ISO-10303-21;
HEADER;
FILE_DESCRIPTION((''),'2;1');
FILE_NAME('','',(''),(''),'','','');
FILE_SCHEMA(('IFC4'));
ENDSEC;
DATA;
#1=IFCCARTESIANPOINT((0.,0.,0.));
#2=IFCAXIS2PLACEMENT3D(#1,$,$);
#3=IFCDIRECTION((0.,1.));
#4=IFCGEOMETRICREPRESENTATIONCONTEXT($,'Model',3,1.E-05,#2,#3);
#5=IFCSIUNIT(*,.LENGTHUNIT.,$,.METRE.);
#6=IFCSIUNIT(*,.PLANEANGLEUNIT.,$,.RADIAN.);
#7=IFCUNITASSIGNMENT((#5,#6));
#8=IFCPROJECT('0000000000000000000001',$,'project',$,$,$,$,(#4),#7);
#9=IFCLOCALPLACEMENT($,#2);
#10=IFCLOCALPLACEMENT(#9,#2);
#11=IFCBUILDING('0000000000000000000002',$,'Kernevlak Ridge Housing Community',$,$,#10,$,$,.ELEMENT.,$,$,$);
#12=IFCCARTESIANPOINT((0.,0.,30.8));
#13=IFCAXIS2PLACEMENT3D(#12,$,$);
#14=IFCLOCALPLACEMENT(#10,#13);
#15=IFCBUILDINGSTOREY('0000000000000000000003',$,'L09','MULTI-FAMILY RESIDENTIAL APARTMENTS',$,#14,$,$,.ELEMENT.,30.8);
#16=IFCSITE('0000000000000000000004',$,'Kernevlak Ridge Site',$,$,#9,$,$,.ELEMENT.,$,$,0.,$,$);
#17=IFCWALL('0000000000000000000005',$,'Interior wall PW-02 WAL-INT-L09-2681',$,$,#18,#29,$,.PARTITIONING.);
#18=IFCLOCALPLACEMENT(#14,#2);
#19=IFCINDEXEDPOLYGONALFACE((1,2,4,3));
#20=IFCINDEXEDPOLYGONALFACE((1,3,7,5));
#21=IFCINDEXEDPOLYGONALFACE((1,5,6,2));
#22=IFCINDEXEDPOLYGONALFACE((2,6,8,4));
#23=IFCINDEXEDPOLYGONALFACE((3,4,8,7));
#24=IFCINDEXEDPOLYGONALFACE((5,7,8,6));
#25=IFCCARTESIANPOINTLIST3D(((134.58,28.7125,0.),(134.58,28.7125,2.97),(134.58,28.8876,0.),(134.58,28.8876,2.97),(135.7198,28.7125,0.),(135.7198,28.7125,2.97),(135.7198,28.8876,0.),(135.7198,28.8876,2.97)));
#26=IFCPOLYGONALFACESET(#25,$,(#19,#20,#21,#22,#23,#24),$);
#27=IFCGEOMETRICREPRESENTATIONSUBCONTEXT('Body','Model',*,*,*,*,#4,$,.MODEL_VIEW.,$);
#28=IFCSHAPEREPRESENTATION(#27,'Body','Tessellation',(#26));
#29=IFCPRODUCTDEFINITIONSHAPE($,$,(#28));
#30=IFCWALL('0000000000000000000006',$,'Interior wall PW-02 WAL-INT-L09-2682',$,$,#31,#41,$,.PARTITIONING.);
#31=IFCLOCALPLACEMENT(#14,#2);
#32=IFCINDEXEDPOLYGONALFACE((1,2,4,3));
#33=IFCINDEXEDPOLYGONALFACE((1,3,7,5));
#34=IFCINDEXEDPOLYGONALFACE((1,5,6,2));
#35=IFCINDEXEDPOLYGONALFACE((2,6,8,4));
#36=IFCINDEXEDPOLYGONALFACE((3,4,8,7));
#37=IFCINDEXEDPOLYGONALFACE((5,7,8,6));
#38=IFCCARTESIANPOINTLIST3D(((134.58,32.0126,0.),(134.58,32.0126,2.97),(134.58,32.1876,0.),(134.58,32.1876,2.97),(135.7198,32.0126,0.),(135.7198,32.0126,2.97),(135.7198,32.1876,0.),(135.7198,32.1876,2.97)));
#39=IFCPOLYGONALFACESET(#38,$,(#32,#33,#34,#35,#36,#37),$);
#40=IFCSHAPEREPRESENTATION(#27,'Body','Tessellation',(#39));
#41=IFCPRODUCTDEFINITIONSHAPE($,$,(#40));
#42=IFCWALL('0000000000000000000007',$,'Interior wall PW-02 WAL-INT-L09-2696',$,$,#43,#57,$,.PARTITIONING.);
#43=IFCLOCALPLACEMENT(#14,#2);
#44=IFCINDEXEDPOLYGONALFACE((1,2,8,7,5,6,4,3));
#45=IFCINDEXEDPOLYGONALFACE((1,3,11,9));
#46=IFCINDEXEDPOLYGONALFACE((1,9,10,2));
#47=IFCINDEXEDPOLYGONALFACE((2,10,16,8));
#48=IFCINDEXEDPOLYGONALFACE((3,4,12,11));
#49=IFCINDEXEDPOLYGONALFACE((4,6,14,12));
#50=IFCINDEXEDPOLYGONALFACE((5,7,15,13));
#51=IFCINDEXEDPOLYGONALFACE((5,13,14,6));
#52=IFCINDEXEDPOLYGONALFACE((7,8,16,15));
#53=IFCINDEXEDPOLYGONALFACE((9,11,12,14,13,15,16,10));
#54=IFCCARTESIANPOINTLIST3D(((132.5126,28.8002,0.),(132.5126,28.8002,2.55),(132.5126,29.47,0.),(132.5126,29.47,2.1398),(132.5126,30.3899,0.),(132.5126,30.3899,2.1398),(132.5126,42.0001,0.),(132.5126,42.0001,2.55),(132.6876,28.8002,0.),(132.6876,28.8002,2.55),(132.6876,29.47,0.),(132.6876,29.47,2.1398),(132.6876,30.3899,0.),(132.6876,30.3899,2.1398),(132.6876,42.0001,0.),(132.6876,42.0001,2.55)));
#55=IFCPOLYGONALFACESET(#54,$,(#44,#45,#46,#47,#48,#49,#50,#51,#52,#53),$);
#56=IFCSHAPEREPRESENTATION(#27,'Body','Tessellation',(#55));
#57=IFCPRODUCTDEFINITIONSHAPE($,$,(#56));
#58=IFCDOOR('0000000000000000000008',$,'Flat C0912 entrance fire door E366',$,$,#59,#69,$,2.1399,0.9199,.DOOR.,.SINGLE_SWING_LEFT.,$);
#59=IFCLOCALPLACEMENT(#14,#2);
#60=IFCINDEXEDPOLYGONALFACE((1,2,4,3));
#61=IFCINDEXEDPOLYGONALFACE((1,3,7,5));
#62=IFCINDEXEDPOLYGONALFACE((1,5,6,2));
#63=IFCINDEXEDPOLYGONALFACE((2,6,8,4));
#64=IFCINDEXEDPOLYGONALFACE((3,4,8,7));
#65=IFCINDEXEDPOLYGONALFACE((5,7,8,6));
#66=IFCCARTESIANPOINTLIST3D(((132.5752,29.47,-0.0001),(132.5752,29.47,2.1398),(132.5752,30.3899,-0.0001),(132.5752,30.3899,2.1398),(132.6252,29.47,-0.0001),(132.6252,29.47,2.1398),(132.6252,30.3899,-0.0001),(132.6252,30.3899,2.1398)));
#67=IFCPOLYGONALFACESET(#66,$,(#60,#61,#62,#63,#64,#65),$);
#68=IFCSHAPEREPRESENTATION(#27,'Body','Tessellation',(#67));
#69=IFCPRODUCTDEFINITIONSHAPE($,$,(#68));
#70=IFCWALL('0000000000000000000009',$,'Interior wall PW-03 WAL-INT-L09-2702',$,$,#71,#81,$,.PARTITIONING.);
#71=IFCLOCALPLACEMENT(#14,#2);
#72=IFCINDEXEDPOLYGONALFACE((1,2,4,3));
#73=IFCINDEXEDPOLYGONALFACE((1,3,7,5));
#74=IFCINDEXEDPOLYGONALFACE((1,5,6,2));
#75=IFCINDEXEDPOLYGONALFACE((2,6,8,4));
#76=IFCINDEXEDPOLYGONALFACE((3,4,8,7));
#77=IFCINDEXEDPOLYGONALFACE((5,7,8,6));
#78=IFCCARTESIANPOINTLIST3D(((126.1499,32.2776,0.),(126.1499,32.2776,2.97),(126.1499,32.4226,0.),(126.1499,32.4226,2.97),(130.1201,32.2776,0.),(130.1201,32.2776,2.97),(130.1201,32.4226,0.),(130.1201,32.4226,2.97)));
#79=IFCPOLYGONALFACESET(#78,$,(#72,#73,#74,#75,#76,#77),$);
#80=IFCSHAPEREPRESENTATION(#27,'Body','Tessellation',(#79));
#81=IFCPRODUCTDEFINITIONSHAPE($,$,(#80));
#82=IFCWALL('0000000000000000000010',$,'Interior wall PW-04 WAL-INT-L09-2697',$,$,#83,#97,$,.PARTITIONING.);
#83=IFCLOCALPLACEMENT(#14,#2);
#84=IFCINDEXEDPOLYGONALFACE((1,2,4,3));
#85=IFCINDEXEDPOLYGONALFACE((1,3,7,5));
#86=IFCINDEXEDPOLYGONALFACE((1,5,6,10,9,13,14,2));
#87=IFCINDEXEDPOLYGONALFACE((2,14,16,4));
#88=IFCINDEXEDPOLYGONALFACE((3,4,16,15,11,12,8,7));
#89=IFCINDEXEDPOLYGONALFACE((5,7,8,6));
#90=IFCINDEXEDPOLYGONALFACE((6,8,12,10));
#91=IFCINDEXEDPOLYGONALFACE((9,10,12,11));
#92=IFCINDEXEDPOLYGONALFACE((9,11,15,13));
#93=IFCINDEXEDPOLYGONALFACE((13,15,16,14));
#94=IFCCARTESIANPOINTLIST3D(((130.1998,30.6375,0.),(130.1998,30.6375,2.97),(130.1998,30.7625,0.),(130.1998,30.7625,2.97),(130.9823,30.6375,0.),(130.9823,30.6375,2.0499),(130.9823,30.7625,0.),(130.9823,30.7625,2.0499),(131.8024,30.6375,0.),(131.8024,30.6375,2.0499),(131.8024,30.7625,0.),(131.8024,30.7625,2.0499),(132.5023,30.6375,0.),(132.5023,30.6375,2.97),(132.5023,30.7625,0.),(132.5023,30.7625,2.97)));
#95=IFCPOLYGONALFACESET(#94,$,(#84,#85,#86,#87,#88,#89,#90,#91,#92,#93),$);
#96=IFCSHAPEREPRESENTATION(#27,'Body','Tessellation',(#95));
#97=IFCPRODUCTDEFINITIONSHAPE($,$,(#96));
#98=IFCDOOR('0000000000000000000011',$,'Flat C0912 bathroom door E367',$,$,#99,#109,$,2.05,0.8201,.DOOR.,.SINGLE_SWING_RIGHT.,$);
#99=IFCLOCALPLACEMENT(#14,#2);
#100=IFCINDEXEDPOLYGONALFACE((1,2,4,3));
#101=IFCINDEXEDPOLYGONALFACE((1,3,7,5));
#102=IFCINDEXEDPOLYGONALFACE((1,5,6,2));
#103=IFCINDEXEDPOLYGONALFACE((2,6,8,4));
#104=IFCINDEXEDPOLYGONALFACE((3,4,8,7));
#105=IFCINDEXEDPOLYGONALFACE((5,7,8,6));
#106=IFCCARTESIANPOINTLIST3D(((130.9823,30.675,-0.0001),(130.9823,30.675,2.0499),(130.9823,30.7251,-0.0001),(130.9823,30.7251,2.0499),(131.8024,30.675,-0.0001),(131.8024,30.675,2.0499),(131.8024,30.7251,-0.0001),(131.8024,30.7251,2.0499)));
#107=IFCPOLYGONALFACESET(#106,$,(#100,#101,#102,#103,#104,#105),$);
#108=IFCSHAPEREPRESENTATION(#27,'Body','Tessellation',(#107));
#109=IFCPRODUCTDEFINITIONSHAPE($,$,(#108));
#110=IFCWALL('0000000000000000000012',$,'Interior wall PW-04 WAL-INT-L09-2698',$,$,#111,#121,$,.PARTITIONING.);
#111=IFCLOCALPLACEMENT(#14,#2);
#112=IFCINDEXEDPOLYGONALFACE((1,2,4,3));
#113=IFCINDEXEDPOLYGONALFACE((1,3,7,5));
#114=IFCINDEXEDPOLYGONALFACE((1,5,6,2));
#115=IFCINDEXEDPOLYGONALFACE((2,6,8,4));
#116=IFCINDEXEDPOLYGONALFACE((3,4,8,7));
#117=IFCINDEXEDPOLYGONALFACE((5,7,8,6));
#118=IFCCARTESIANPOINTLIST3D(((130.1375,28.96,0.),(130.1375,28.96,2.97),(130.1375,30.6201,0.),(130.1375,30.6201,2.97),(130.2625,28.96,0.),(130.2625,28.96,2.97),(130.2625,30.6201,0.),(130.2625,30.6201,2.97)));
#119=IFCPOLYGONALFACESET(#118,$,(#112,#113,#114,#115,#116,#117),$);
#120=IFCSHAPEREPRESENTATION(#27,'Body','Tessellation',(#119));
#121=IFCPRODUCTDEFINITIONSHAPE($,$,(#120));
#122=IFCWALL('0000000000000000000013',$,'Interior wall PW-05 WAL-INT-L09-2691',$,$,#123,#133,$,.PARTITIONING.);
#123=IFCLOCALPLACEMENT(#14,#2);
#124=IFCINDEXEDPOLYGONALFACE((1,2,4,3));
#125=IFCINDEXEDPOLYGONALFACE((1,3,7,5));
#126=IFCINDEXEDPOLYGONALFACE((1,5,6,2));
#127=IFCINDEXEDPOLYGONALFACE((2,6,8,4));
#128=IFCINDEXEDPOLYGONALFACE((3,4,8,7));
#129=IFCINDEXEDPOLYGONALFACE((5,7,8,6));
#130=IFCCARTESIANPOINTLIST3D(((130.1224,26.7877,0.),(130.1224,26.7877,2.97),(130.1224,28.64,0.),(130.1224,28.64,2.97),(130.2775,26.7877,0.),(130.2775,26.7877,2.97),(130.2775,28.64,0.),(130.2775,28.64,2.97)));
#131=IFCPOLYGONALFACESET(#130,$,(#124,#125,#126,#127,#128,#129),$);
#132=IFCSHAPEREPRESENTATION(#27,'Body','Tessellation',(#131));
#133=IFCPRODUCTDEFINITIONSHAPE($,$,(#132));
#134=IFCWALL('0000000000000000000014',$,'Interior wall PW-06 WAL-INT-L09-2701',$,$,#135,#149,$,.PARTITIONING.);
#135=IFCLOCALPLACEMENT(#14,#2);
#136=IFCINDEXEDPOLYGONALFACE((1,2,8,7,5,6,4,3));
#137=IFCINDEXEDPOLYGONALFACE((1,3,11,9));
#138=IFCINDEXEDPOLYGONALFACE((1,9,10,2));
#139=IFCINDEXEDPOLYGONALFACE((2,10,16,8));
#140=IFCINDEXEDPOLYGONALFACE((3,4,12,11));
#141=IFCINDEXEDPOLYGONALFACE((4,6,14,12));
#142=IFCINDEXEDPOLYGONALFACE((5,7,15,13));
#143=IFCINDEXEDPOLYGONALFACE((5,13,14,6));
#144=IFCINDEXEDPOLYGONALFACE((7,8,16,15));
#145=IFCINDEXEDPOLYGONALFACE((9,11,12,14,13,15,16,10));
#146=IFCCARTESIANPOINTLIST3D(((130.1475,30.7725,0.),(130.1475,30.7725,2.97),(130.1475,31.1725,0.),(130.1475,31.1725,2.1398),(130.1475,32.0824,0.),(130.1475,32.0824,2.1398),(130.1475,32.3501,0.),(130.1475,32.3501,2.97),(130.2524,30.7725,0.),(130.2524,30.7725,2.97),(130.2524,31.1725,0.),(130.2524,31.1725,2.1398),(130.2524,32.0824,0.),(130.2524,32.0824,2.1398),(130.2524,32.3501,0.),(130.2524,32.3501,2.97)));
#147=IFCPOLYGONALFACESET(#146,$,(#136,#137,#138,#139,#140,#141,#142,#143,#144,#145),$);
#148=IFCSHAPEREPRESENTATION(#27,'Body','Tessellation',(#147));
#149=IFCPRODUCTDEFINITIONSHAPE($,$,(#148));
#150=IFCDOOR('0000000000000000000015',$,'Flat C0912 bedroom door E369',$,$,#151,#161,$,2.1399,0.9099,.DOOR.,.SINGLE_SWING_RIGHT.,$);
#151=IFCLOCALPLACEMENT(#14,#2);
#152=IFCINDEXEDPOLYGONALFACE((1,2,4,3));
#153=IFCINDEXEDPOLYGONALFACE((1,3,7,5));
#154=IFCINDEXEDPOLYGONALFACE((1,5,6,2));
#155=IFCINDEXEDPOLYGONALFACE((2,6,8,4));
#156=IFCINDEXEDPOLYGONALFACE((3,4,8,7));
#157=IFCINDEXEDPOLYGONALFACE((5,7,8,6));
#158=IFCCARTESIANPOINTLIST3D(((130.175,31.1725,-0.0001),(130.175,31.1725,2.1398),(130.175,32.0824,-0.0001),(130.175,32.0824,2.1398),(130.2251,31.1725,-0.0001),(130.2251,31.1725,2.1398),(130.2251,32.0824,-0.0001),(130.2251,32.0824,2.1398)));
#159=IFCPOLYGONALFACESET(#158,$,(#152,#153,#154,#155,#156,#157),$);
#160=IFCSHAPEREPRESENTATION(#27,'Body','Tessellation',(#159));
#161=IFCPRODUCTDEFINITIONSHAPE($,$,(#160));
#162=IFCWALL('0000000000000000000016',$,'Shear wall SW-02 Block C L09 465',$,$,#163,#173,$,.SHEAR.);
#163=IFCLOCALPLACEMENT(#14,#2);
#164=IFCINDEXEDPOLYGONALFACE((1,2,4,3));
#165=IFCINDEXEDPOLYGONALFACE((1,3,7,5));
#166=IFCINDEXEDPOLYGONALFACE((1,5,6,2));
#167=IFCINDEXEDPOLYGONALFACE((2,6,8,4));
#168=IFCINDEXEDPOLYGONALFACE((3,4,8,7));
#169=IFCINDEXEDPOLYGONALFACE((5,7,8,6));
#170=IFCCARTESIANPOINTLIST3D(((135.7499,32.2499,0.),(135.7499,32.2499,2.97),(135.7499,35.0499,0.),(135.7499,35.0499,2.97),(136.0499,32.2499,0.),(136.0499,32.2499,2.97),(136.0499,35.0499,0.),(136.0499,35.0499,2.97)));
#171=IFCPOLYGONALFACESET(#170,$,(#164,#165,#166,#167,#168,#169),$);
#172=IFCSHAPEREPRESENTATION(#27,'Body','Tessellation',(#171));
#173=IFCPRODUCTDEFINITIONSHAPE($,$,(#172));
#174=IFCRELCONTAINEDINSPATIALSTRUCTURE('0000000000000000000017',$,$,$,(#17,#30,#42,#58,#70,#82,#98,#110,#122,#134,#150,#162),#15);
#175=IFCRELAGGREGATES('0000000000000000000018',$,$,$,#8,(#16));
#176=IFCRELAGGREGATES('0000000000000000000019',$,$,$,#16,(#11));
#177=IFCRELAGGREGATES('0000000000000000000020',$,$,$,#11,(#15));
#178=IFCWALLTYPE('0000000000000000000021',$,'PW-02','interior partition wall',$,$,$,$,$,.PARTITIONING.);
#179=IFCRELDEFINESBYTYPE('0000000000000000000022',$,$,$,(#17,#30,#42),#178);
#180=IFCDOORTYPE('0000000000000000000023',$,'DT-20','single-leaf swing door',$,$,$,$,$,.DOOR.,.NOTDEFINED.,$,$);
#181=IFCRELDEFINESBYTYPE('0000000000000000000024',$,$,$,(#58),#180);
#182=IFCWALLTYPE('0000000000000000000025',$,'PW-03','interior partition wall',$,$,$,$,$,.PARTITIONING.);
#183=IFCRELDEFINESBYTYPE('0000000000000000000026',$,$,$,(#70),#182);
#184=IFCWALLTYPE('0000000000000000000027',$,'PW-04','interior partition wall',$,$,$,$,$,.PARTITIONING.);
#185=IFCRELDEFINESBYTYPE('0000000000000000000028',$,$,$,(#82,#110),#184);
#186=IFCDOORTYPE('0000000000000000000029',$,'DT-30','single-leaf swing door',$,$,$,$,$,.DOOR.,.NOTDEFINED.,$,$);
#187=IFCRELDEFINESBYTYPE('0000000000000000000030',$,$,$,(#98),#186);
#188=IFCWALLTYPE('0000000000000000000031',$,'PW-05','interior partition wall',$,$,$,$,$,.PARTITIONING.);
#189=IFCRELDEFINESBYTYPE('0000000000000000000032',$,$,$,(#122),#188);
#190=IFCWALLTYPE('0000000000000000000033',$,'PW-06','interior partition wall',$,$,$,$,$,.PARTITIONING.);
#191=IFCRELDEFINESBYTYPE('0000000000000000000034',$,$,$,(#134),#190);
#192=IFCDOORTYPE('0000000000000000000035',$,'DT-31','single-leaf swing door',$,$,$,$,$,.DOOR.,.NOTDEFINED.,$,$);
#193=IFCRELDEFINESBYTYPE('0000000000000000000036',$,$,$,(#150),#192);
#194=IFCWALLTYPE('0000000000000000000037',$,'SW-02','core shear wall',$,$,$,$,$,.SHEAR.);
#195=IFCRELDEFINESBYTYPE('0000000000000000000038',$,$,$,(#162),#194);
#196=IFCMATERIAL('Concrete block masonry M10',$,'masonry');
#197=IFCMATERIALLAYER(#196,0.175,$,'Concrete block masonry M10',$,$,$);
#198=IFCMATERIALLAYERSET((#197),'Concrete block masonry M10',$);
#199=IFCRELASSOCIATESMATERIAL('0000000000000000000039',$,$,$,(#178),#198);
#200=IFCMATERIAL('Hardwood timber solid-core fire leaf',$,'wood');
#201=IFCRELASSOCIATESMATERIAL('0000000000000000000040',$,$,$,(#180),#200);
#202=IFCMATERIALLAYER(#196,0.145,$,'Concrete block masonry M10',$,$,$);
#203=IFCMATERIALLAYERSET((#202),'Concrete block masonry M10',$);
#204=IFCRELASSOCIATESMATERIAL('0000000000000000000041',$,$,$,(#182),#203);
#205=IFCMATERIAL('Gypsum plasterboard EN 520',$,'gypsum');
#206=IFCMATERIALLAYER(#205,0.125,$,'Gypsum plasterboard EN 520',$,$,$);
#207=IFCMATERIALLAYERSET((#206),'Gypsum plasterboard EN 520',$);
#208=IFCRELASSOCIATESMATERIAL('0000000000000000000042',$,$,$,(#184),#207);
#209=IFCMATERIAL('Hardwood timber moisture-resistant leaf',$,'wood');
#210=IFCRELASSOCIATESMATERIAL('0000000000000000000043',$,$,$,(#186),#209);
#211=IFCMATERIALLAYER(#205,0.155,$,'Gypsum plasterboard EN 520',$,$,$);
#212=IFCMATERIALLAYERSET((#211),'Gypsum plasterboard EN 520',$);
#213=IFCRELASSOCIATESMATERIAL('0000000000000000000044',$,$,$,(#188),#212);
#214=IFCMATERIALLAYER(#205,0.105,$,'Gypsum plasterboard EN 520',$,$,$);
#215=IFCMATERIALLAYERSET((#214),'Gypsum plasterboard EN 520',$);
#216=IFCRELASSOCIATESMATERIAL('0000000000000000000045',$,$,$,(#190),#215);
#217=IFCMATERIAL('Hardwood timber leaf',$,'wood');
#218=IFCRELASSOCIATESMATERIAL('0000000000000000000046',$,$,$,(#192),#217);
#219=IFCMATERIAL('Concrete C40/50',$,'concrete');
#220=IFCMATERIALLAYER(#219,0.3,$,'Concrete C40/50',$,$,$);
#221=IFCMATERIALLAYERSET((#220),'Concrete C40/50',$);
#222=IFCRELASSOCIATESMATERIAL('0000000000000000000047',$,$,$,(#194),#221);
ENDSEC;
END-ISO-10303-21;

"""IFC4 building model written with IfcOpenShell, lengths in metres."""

from ifc_helpers import new_model, si_unit, direction, frame, frame_2d, origin, place, context, subcontext, project, spatial, rectangle, extrude, material, layer, layer_set, type_object, element, fill, save


model = new_model("IFC4")

# Units and contexts
model_context = context("Model", 3, precision=1e-05, world=origin(), true_north=direction((0.0, 1.0)))
body_context = subcontext(model_context, "Body", "Model", "MODEL_VIEW")
ifc_project = project(units=[si_unit("LENGTHUNIT", "METRE"), si_unit("PLANEANGLEUNIT", "RADIAN")], contexts=[model_context])

# Site, building, storey
site_placement = place(None, origin())
site = spatial("IfcSite", under=ifc_project, at=site_placement, Name="Kernevlak Ridge Site", CompositionType="ELEMENT", RefElevation=0.0)
building_placement = place(site_placement, origin())
building = spatial("IfcBuilding", under=site, at=building_placement, Name="Kernevlak Ridge Housing Community", CompositionType="ELEMENT")
storey_placement = place(building_placement, frame((0.0, 0.0, 30.8)))
storey = spatial("IfcBuildingStorey", under=building, at=storey_placement, Name="L09", Description="MULTI-FAMILY RESIDENTIAL APARTMENTS", CompositionType="ELEMENT", Elevation=30.8)

# Shared definitions
ifc_material_1 = material(Name="Concrete block masonry M10", Category="masonry")

# Shared definitions
ifc_layer_1 = layer(ifc_material_1, 0.175, Name="Concrete block masonry M10")
ifc_layer_set_1 = layer_set([ifc_layer_1], Name="Concrete block masonry M10")
wall_type_1 = type_object("IfcWallType", Name="PW-02", Description="interior partition wall", PredefinedType="PARTITIONING", material=ifc_layer_set_1)

# Walls
for number, where, z_axis, x_axis, name in (
    (1, (134.5801, 28.8, 0.0), (0.0, 0.0, 1.0), (1.0, 0.0, 0.0), "Interior wall PW-02 WAL-INT-L09-2681"),
    (2, (134.5801, 32.1001, 0.0), (0.0, 0.0, 1.0), (1.0, 0.0, 0.0), "Interior wall PW-02 WAL-INT-L09-2682"),
):
    element("IfcWall", number, at=place(storey_placement, frame(where, z_axis=z_axis, x_axis=x_axis)), inside=storey, type_object=wall_type_1, Name=name, PredefinedType="PARTITIONING", context=body_context, shape_type="SweptSolid", body=[
        extrude(rectangle(XDim=1.1399, YDim=0.175, at=frame_2d((0.5698, 0.0))), origin(), (0.0, 0.0, 1.0), 2.97),
    ])

# Wall, opening, door
wall_1_placement = place(storey_placement, frame((132.6001, 28.8, 0.0), z_axis=(0.0, 0.0, 1.0), x_axis=(0.0, 1.0, 0.0)))
wall_1 = element("IfcWall", 3, at=wall_1_placement, inside=storey, type_object=wall_type_1, Name="Interior wall PW-02 WAL-INT-L09-2696", PredefinedType="PARTITIONING", context=body_context, shape_type="SweptSolid", body=[
    extrude(rectangle(XDim=13.2, YDim=0.175, at=frame_2d((6.6001, 0.0))), origin(), (0.0, 0.0, 1.0), 2.55),
])
opening_1_placement = place(wall_1_placement, frame((0.6699, 0.0, 0.0)))
opening_1 = element("IfcOpeningElement", 4, at=opening_1_placement, cuts=wall_1, PredefinedType="OPENING", context=body_context, shape_type="SweptSolid", body=[
    extrude(rectangle(XDim=0.9199, YDim=2.1399, at=frame_2d((0.46, 1.0698))), frame((0.0, 0.0974, 0.0), z_axis=(0.0, -1.0, 0.0), x_axis=(1.0, 0.0, 0.0)), (0.0, 0.0, 1.0), 0.1951),
])
ifc_material_2 = material(Name="Hardwood timber solid-core fire leaf", Category="wood")
door_type_1 = type_object("IfcDoorType", Name="DT-20", Description="single-leaf swing door", OperationType="NOTDEFINED", PredefinedType="DOOR", material=ifc_material_2)
door_1_placement = place(opening_1_placement, origin())
door_1 = element("IfcDoor", 5, at=door_1_placement, inside=storey, type_object=door_type_1, Name="Flat C0912 entrance fire door E366", OperationType="SINGLE_SWING_LEFT", OverallHeight=2.1399, OverallWidth=0.9199, PredefinedType="DOOR", context=body_context, shape_type="SweptSolid", body=[
    extrude(rectangle(XDim=0.9199, YDim=2.1399, at=frame_2d((0.46, 1.0698))), frame((0.0, 0.0249, 0.0), z_axis=(0.0, -1.0, 0.0), x_axis=(1.0, 0.0, 0.0)), (0.0, 0.0, 1.0), 0.05),
])
fill(opening_1, door_1)

# Wall
ifc_layer_2 = layer(ifc_material_1, 0.145, Name="Concrete block masonry M10")
ifc_layer_set_2 = layer_set([ifc_layer_2], Name="Concrete block masonry M10")
wall_type_2 = type_object("IfcWallType", Name="PW-03", Description="interior partition wall", PredefinedType="PARTITIONING", material=ifc_layer_set_2)
wall_2_placement = place(storey_placement, frame((130.1201, 32.3501, 0.0), z_axis=(0.0, 0.0, 1.0), x_axis=(-1.0, 0.0, 0.0)))
element("IfcWall", 6, at=wall_2_placement, inside=storey, type_object=wall_type_2, Name="Interior wall PW-03 WAL-INT-L09-2702", PredefinedType="PARTITIONING", context=body_context, shape_type="SweptSolid", body=[
    extrude(rectangle(XDim=3.9702, YDim=0.145, at=frame_2d((1.9851, 0.0))), origin(), (0.0, 0.0, 1.0), 2.97),
])

# Wall, opening, door
ifc_material_3 = material(Name="Gypsum plasterboard EN 520", Category="gypsum")
ifc_layer_3 = layer(ifc_material_3, 0.125, Name="Gypsum plasterboard EN 520")
ifc_layer_set_3 = layer_set([ifc_layer_3], Name="Gypsum plasterboard EN 520")
wall_type_3 = type_object("IfcWallType", Name="PW-04", Description="interior partition wall", PredefinedType="PARTITIONING", material=ifc_layer_set_3)
wall_3_placement = place(storey_placement, frame((132.5024, 30.7, 0.0), z_axis=(0.0, 0.0, 1.0), x_axis=(-1.0, 0.0, 0.0)))
wall_3 = element("IfcWall", 7, at=wall_3_placement, inside=storey, type_object=wall_type_3, Name="Interior wall PW-04 WAL-INT-L09-2697", PredefinedType="PARTITIONING", context=body_context, shape_type="SweptSolid", body=[
    extrude(rectangle(XDim=2.3025, YDim=0.125, at=frame_2d((1.1514, 0.0))), origin(), (0.0, 0.0, 1.0), 2.97),
])
opening_2_placement = place(wall_3_placement, frame((0.7, 0.0, 0.0)))
opening_2 = element("IfcOpeningElement", 8, at=opening_2_placement, cuts=wall_3, PredefinedType="OPENING", context=body_context, shape_type="SweptSolid", body=[
    extrude(rectangle(XDim=0.8201, YDim=2.05, at=frame_2d((0.4102, 1.0249))), frame((0.0, 0.0725, 0.0), z_axis=(0.0, -1.0, 0.0), x_axis=(1.0, 0.0, 0.0)), (0.0, 0.0, 1.0), 0.145),
])
ifc_material_4 = material(Name="Hardwood timber moisture-resistant leaf", Category="wood")
door_type_2 = type_object("IfcDoorType", Name="DT-30", Description="single-leaf swing door", OperationType="NOTDEFINED", PredefinedType="DOOR", material=ifc_material_4)
door_2_placement = place(opening_2_placement, origin())
door_2 = element("IfcDoor", 9, at=door_2_placement, inside=storey, type_object=door_type_2, Name="Flat C0912 bathroom door E367", OperationType="SINGLE_SWING_RIGHT", OverallHeight=2.05, OverallWidth=0.8201, PredefinedType="DOOR", context=body_context, shape_type="SweptSolid", body=[
    extrude(rectangle(XDim=0.8201, YDim=2.05, at=frame_2d((0.4102, 1.0249))), frame((0.0, 0.0249, 0.0), z_axis=(0.0, -1.0, 0.0), x_axis=(1.0, 0.0, 0.0)), (0.0, 0.0, 1.0), 0.05),
])
fill(opening_2, door_2)

# Walls
wall_4_placement = place(storey_placement, frame((130.2, 28.96, 0.0), z_axis=(0.0, 0.0, 1.0), x_axis=(0.0, 1.0, 0.0)))
element("IfcWall", 10, at=wall_4_placement, inside=storey, type_object=wall_type_3, Name="Interior wall PW-04 WAL-INT-L09-2698", PredefinedType="PARTITIONING", context=body_context, shape_type="SweptSolid", body=[
    extrude(rectangle(XDim=1.6602, YDim=0.125, at=frame_2d((0.8301, 0.0))), origin(), (0.0, 0.0, 1.0), 2.97),
])
ifc_layer_4 = layer(ifc_material_3, 0.155, Name="Gypsum plasterboard EN 520")
ifc_layer_set_4 = layer_set([ifc_layer_4], Name="Gypsum plasterboard EN 520")
wall_type_4 = type_object("IfcWallType", Name="PW-05", Description="interior partition wall", PredefinedType="PARTITIONING", material=ifc_layer_set_4)
wall_5_placement = place(storey_placement, frame((130.2, 26.7876, 0.0), z_axis=(0.0, 0.0, 1.0), x_axis=(0.0, 1.0, 0.0)))
element("IfcWall", 11, at=wall_5_placement, inside=storey, type_object=wall_type_4, Name="Interior wall PW-05 WAL-INT-L09-2691", PredefinedType="PARTITIONING", context=body_context, shape_type="SweptSolid", body=[
    extrude(rectangle(XDim=1.8523, YDim=0.155, at=frame_2d((0.9263, 0.0))), origin(), (0.0, 0.0, 1.0), 2.97),
])

# Wall, opening, door
ifc_layer_5 = layer(ifc_material_3, 0.105, Name="Gypsum plasterboard EN 520")
ifc_layer_set_5 = layer_set([ifc_layer_5], Name="Gypsum plasterboard EN 520")
wall_type_5 = type_object("IfcWallType", Name="PW-06", Description="interior partition wall", PredefinedType="PARTITIONING", material=ifc_layer_set_5)
wall_6_placement = place(storey_placement, frame((130.2, 30.7725, 0.0), z_axis=(0.0, 0.0, 1.0), x_axis=(0.0, 1.0, 0.0)))
wall_6 = element("IfcWall", 12, at=wall_6_placement, inside=storey, type_object=wall_type_5, Name="Interior wall PW-06 WAL-INT-L09-2701", PredefinedType="PARTITIONING", context=body_context, shape_type="SweptSolid", body=[
    extrude(rectangle(XDim=1.5776, YDim=0.105, at=frame_2d((0.7888, 0.0))), origin(), (0.0, 0.0, 1.0), 2.97),
])
opening_3_placement = place(wall_6_placement, frame((0.3999, 0.0, 0.0)))
opening_3 = element("IfcOpeningElement", 13, at=opening_3_placement, cuts=wall_6, PredefinedType="OPENING", context=body_context, shape_type="SweptSolid", body=[
    extrude(rectangle(XDim=0.9099, YDim=2.1399, at=frame_2d((0.4551, 1.0698))), frame((0.0, 0.0625, 0.0), z_axis=(0.0, -1.0, 0.0), x_axis=(1.0, 0.0, 0.0)), (0.0, 0.0, 1.0), 0.125),
])
ifc_material_5 = material(Name="Hardwood timber leaf", Category="wood")
door_type_3 = type_object("IfcDoorType", Name="DT-31", Description="single-leaf swing door", OperationType="NOTDEFINED", PredefinedType="DOOR", material=ifc_material_5)
door_3_placement = place(opening_3_placement, origin())
door_3 = element("IfcDoor", 14, at=door_3_placement, inside=storey, type_object=door_type_3, Name="Flat C0912 bedroom door E369", OperationType="SINGLE_SWING_RIGHT", OverallHeight=2.1399, OverallWidth=0.9099, PredefinedType="DOOR", context=body_context, shape_type="SweptSolid", body=[
    extrude(rectangle(XDim=0.9099, YDim=2.1399, at=frame_2d((0.4551, 1.0698))), frame((0.0, 0.0249, 0.0), z_axis=(0.0, -1.0, 0.0), x_axis=(1.0, 0.0, 0.0)), (0.0, 0.0, 1.0), 0.05),
])
fill(opening_3, door_3)

# Wall
ifc_material_6 = material(Name="Concrete C40/50", Category="concrete")
ifc_layer_6 = layer(ifc_material_6, 0.3, Name="Concrete C40/50")
ifc_layer_set_6 = layer_set([ifc_layer_6], Name="Concrete C40/50")
wall_type_6 = type_object("IfcWallType", Name="SW-02", Description="core shear wall", PredefinedType="SHEAR", material=ifc_layer_set_6)
wall_7_placement = place(storey_placement, frame((135.8999, 32.25, 0.0), z_axis=(0.0, 0.0, 1.0), x_axis=(0.0, 1.0, 0.0)))
element("IfcWall", 15, at=wall_7_placement, inside=storey, type_object=wall_type_6, Name="Shear wall SW-02 Block C L09 465", PredefinedType="SHEAR", context=body_context, shape_type="SweptSolid", body=[
    extrude(rectangle(XDim=2.8, YDim=0.3, at=frame_2d((1.3999, 0.0))), origin(), (0.0, 0.0, 1.0), 2.97),
])

save(model, "model.ifc")
